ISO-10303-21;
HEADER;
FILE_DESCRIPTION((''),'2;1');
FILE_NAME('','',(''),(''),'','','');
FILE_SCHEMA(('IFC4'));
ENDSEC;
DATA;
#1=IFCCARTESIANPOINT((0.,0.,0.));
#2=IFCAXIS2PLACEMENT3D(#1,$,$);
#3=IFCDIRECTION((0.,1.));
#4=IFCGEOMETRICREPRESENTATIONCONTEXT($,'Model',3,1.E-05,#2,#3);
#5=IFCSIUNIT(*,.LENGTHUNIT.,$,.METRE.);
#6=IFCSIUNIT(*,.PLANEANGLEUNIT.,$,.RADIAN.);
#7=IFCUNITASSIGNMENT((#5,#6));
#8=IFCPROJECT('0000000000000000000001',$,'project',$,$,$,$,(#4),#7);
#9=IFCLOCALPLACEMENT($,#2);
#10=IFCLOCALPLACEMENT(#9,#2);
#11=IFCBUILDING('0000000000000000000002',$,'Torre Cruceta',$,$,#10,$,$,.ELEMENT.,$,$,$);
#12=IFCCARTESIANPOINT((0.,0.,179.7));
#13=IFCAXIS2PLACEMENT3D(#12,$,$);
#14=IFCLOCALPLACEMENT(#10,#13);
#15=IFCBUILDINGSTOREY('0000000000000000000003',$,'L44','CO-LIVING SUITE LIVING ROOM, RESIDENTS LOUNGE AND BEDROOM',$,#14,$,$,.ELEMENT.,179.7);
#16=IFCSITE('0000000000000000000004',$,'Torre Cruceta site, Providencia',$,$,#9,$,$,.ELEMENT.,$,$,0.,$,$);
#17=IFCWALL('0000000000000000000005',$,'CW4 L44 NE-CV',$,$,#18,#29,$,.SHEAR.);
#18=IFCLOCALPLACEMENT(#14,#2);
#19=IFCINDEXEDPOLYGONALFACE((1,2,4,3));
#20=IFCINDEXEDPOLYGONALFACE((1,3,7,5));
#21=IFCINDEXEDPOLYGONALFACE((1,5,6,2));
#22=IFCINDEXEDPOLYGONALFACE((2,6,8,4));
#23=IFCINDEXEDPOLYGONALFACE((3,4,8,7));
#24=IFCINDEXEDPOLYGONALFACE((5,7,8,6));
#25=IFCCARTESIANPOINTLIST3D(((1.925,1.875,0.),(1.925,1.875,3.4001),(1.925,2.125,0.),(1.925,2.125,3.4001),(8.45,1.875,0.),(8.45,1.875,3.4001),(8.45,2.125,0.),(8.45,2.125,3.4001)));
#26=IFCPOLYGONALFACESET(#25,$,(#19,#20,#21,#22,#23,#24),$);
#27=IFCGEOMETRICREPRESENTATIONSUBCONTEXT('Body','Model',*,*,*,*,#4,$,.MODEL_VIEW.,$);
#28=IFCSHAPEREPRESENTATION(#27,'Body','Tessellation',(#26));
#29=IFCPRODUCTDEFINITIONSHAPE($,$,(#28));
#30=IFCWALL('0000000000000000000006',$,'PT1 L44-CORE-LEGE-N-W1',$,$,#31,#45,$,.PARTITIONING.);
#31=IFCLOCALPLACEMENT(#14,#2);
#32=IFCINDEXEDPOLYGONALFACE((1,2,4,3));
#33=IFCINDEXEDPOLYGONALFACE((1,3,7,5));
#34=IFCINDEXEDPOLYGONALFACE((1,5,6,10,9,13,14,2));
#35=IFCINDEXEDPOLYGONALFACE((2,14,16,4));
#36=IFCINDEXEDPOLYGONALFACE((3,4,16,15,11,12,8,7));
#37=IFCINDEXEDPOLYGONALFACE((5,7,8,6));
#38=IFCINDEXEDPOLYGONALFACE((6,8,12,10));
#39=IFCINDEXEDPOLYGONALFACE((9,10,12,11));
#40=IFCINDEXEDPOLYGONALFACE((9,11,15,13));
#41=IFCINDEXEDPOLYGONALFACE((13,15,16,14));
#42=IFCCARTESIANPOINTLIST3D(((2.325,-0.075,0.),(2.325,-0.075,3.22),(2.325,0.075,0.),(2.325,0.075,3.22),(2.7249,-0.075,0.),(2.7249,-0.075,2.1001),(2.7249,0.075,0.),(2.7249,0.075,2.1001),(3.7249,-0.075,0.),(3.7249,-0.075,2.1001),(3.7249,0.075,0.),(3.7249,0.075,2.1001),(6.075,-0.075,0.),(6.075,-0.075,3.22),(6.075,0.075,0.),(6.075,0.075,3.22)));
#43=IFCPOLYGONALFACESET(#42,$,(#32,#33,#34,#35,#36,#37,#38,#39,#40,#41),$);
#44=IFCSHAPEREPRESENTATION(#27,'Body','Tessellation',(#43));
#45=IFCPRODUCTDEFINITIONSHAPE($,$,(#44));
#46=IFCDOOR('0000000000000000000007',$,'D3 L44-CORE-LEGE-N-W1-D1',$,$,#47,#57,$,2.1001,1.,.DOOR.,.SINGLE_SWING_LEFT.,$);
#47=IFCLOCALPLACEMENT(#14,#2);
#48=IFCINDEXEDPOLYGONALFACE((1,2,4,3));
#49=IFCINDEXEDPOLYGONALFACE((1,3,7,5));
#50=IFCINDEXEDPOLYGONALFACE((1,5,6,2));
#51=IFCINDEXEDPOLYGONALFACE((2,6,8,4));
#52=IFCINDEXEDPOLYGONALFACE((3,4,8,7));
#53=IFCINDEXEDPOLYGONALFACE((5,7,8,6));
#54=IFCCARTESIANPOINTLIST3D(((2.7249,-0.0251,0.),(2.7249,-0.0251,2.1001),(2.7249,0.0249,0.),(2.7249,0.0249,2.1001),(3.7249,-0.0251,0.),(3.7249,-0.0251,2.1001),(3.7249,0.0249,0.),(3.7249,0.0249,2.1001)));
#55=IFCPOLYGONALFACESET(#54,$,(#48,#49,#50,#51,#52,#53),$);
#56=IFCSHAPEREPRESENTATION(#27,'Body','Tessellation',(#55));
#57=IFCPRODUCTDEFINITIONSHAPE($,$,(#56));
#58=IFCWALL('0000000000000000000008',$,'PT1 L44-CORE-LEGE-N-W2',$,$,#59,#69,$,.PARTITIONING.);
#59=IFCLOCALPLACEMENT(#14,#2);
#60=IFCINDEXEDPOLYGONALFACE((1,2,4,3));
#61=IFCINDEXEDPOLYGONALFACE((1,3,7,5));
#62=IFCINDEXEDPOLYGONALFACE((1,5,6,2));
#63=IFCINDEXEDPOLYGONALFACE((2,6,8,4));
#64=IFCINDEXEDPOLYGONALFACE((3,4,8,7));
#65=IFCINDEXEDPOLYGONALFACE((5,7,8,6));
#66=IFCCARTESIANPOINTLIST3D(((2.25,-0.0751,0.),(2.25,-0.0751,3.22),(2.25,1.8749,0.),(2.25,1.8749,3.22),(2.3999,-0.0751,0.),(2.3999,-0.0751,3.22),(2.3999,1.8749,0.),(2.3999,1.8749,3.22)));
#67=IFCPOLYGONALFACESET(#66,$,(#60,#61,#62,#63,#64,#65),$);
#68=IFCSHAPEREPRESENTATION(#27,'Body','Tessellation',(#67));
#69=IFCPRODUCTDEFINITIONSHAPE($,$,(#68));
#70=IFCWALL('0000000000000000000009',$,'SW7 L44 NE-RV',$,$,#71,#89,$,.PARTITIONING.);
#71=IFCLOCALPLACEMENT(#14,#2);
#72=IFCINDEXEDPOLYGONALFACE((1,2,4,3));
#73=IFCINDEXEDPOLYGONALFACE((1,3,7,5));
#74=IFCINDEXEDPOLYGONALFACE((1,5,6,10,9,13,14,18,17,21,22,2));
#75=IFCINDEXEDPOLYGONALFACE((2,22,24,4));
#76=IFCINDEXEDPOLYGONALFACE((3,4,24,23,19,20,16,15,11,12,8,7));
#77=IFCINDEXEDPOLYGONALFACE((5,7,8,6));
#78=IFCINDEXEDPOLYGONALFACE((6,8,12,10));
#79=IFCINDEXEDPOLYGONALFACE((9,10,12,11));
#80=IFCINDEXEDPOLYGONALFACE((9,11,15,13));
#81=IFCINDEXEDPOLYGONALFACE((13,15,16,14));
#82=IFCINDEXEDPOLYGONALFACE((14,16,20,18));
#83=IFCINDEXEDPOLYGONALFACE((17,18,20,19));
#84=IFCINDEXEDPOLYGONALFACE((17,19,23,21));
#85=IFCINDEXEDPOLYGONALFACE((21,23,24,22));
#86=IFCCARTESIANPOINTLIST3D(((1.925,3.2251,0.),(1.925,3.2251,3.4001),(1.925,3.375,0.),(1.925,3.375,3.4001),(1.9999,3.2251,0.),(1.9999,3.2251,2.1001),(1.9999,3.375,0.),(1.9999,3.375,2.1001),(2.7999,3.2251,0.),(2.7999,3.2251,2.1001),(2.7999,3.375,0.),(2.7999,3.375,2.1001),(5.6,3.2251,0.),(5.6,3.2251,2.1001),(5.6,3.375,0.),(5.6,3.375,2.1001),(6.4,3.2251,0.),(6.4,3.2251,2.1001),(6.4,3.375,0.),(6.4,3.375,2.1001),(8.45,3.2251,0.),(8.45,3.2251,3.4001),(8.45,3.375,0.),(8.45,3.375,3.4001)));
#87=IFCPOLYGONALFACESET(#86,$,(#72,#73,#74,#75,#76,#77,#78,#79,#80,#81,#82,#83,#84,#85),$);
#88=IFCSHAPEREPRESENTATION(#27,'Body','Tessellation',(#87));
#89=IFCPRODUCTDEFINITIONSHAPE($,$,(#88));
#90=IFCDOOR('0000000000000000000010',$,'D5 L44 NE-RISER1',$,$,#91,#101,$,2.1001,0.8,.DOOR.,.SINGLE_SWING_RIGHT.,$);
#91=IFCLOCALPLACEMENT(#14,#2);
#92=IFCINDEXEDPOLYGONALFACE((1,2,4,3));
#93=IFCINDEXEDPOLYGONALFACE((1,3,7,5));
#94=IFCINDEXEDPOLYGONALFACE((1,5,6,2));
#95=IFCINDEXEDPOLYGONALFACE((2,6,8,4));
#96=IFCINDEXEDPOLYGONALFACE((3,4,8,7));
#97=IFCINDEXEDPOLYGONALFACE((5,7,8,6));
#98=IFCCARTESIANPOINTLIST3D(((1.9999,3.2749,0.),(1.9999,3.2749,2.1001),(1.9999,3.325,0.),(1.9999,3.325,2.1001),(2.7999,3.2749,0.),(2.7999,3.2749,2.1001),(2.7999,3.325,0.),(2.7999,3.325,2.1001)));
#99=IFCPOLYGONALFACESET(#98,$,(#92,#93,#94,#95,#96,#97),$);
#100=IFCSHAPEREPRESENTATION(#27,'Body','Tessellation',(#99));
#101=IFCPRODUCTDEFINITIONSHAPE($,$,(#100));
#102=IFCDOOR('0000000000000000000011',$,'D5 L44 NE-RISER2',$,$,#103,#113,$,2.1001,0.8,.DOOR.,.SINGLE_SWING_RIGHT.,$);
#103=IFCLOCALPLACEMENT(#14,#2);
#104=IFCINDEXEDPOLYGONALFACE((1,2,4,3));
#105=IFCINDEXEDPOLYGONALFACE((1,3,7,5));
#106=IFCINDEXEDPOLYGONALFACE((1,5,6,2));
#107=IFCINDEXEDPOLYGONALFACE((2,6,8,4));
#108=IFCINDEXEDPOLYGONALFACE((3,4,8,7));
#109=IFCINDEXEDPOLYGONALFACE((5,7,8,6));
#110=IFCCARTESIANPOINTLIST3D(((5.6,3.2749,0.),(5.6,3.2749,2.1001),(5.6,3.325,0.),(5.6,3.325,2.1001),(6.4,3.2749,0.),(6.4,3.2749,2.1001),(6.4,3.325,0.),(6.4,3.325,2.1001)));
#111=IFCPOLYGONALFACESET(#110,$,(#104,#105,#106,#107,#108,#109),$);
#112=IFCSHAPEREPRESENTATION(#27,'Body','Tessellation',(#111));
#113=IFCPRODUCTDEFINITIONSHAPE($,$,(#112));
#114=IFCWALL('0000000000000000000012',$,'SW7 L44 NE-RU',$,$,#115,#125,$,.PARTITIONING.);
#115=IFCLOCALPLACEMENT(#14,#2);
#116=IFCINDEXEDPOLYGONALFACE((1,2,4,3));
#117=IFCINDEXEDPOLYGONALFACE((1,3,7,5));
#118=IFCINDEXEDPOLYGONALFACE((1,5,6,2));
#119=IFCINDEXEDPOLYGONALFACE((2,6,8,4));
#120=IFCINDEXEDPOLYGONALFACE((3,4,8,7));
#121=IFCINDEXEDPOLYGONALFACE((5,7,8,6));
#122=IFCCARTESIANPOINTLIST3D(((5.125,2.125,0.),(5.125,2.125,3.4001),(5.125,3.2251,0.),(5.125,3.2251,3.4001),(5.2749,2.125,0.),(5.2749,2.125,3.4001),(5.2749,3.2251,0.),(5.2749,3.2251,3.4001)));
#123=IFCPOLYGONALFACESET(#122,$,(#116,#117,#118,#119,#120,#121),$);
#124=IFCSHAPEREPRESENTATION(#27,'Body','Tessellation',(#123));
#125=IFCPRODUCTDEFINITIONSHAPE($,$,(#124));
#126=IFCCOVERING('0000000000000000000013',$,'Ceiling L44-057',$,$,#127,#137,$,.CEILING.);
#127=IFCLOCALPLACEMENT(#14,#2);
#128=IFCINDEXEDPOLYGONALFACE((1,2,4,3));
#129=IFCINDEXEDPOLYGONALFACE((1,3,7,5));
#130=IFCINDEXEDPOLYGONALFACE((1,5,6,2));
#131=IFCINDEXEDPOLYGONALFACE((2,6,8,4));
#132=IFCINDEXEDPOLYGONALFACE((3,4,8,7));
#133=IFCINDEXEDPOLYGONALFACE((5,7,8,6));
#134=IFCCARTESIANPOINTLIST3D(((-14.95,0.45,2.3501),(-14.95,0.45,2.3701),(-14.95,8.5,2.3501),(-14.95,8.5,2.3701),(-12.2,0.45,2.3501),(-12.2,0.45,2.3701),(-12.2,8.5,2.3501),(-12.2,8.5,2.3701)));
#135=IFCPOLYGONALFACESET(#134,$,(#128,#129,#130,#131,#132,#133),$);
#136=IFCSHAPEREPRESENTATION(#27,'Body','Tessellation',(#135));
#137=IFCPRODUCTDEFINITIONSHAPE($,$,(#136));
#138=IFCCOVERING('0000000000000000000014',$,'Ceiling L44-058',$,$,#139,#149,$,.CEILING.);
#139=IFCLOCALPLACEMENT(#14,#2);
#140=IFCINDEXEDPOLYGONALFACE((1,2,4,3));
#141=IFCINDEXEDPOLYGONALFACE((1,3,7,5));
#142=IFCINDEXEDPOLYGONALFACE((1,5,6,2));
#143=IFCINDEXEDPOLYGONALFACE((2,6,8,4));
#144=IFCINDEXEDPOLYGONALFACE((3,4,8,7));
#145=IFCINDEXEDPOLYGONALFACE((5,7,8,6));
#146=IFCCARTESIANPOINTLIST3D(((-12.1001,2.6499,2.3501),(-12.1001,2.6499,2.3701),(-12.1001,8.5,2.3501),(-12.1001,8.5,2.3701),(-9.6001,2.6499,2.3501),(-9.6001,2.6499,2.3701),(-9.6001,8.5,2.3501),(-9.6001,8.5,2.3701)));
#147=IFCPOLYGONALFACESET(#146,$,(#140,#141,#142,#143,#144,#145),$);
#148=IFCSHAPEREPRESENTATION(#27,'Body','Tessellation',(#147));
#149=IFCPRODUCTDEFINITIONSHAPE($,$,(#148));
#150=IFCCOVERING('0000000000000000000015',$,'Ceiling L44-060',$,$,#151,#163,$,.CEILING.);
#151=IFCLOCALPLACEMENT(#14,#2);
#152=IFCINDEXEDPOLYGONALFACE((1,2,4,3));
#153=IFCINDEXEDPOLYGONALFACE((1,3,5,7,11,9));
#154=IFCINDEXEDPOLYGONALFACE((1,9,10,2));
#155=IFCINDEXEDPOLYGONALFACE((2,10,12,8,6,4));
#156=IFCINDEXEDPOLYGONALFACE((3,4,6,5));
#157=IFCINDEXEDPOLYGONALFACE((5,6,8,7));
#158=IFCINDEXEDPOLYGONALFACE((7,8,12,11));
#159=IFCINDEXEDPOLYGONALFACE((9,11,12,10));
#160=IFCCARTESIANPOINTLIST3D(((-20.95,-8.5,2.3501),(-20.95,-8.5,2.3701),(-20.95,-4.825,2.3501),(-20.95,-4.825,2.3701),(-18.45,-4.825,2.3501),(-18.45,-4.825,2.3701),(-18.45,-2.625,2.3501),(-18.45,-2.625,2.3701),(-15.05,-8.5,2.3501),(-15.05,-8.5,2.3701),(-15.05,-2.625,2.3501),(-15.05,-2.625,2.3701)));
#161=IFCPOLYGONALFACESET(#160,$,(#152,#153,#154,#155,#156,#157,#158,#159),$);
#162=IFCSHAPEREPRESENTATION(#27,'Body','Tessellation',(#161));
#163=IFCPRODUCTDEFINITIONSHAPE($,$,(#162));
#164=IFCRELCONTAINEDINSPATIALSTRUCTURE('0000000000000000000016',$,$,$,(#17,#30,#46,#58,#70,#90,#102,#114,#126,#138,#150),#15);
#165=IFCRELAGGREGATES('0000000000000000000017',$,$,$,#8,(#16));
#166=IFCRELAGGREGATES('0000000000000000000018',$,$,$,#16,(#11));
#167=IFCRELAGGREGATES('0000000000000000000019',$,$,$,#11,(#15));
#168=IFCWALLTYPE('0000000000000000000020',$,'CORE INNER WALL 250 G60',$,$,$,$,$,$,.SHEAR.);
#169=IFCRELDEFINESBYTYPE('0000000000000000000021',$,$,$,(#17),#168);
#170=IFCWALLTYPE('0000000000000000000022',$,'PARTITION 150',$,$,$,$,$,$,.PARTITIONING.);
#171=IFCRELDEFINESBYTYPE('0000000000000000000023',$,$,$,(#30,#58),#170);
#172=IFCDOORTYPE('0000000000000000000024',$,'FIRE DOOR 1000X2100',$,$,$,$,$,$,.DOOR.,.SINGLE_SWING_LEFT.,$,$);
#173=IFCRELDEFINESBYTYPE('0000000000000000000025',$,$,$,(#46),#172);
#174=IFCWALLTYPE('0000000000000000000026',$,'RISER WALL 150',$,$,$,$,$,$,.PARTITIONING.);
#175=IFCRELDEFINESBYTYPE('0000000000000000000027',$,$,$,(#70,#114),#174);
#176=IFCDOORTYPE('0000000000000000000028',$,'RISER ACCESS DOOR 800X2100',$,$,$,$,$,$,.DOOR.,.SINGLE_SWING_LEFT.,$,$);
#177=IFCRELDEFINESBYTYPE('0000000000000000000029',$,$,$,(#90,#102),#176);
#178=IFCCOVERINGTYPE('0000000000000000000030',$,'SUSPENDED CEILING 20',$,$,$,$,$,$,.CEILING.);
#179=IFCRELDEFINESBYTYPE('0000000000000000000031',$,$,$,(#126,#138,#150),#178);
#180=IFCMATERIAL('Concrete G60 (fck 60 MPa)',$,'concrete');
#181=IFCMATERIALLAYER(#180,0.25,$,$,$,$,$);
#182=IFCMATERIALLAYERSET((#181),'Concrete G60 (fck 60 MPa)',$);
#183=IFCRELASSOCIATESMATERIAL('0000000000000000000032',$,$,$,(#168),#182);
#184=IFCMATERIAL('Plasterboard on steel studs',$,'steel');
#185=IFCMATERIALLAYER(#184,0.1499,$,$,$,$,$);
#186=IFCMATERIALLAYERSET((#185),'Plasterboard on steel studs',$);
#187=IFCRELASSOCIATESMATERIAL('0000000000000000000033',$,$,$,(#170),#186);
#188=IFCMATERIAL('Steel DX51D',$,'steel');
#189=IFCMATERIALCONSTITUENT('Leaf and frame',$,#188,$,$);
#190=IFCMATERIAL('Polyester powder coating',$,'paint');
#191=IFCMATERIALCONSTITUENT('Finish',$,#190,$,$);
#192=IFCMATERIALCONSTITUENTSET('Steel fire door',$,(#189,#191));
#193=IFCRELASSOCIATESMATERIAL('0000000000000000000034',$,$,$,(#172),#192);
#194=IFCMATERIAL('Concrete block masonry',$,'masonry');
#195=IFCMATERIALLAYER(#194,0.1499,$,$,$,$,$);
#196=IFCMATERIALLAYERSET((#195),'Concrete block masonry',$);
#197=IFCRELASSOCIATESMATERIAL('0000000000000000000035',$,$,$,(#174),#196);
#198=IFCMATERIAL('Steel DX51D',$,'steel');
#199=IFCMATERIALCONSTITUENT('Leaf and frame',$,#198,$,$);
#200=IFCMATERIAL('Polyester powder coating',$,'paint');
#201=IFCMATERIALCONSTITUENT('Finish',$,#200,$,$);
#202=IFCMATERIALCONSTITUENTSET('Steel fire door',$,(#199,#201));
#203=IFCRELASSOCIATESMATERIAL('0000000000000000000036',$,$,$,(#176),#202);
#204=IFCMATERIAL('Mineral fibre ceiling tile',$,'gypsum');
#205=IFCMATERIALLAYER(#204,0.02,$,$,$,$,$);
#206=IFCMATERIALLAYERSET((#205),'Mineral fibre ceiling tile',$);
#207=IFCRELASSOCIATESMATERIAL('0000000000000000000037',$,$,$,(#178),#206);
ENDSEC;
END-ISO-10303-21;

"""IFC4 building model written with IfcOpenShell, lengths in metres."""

from ifc_helpers import new_model, si_unit, direction, frame, frame_2d, origin, place, context, subcontext, project, spatial, polyline, rectangle, outline, extrude, material, layer, layer_set, constituent, constituent_set, type_object, element, fill, save


model = new_model("IFC4")

# Units and contexts
model_context = context("Model", 3, precision=1e-05, world=origin(), true_north=direction((0.0, 1.0)))
body_context = subcontext(model_context, "Body", "Model", "MODEL_VIEW")
ifc_project = project(units=[si_unit("LENGTHUNIT", "METRE"), si_unit("PLANEANGLEUNIT", "RADIAN")], contexts=[model_context])

# Site, building, storey
site_placement = place(None, origin())
site = spatial("IfcSite", under=ifc_project, at=site_placement, Name="Torre Cruceta site, Providencia", CompositionType="ELEMENT", RefElevation=0.0)
building_placement = place(site_placement, origin())
building = spatial("IfcBuilding", under=site, at=building_placement, Name="Torre Cruceta", CompositionType="ELEMENT")
storey_placement = place(building_placement, frame((0.0, 0.0, 179.7)))
storey = spatial("IfcBuildingStorey", under=building, at=storey_placement, Name="L44", Description="CO-LIVING SUITE LIVING ROOM, RESIDENTS LOUNGE AND BEDROOM", CompositionType="ELEMENT", Elevation=179.7)

# Shared definitions
ifc_material_1 = material(Name="Concrete G60 (fck 60 MPa)", Category="concrete")
ifc_layer_1 = layer(ifc_material_1, 0.25)
ifc_layer_set_1 = layer_set([ifc_layer_1], Name="Concrete G60 (fck 60 MPa)")
wall_type_1 = type_object("IfcWallType", Name="CORE INNER WALL 250 G60", PredefinedType="SHEAR", material=ifc_layer_set_1)

# Wall
wall_1_placement = place(storey_placement, frame((1.925, 2.0, 0.0), z_axis=(0.0, 0.0, 1.0), x_axis=(1.0, 0.0, 0.0)))
element("IfcWall", 1, at=wall_1_placement, inside=storey, type_object=wall_type_1, Name="CW4 L44 NE-CV", PredefinedType="SHEAR", context=body_context, shape_type="SweptSolid", body=[
    extrude(rectangle(XDim=6.5249, YDim=0.25, at=frame_2d((3.2625, 0.0))), origin(), (0.0, 0.0, 1.0), 3.4001),
])

# Wall, opening, door
ifc_material_2 = material(Name="Plasterboard on steel studs", Category="steel")
ifc_layer_2 = layer(ifc_material_2, 0.1499)
ifc_layer_set_2 = layer_set([ifc_layer_2], Name="Plasterboard on steel studs")
wall_type_2 = type_object("IfcWallType", Name="PARTITION 150", PredefinedType="PARTITIONING", material=ifc_layer_set_2)
wall_2_placement = place(storey_placement, frame((2.325, 0.0, 0.0), z_axis=(0.0, 0.0, 1.0), x_axis=(1.0, 0.0, 0.0)))
wall_2 = element("IfcWall", 2, at=wall_2_placement, inside=storey, type_object=wall_type_2, Name="PT1 L44-CORE-LEGE-N-W1", PredefinedType="PARTITIONING", context=body_context, shape_type="SweptSolid", body=[
    extrude(rectangle(XDim=3.75, YDim=0.1499, at=frame_2d((1.875, 0.0))), origin(), (0.0, 0.0, 1.0), 3.22),
])
opening_1_placement = place(wall_2_placement, frame((0.3999, 0.0, 0.0)))
opening_1 = element("IfcOpeningElement", 3, at=opening_1_placement, cuts=wall_2, PredefinedType="OPENING", context=body_context, shape_type="SweptSolid", body=[
    extrude(rectangle(XDim=1.0, YDim=2.1001, at=frame_2d((0.5, 1.05))), frame((0.0, 0.085, 0.0), z_axis=(0.0, -1.0, 0.0), x_axis=(1.0, 0.0, 0.0)), (0.0, 0.0, 1.0), 0.1699),
])
ifc_material_3 = material(Name="Steel DX51D", Category="steel")
ifc_constituent_1 = constituent(ifc_material_3, Name="Leaf and frame")
ifc_material_4 = material(Name="Polyester powder coating", Category="paint")
ifc_constituent_2 = constituent(ifc_material_4, Name="Finish")
ifc_constituent_set_1 = constituent_set(constituents=[ifc_constituent_1, ifc_constituent_2], Name="Steel fire door")
door_type_1 = type_object("IfcDoorType", Name="FIRE DOOR 1000X2100", OperationType="SINGLE_SWING_LEFT", PredefinedType="DOOR", material=ifc_constituent_set_1)
door_1_placement = place(opening_1_placement, origin())
door_1 = element("IfcDoor", 4, at=door_1_placement, inside=storey, type_object=door_type_1, Name="D3 L44-CORE-LEGE-N-W1-D1", OperationType="SINGLE_SWING_LEFT", OverallHeight=2.1001, OverallWidth=1.0, PredefinedType="DOOR", context=body_context, shape_type="SweptSolid", body=[
    extrude(rectangle(XDim=1.0, YDim=2.1001, at=frame_2d((0.5, 1.05))), frame((0.0, 0.0249, 0.0), z_axis=(0.0, -1.0, 0.0), x_axis=(1.0, 0.0, 0.0)), (0.0, 0.0, 1.0), 0.05),
])
fill(opening_1, door_1)

# Wall
wall_3_placement = place(storey_placement, frame((2.325, 1.875, 0.0), z_axis=(0.0, 0.0, 1.0), x_axis=(0.0, -1.0, 0.0)))
element("IfcWall", 5, at=wall_3_placement, inside=storey, type_object=wall_type_2, Name="PT1 L44-CORE-LEGE-N-W2", PredefinedType="PARTITIONING", context=body_context, shape_type="SweptSolid", body=[
    extrude(rectangle(XDim=1.95, YDim=0.1499, at=frame_2d((0.9751, 0.0))), origin(), (0.0, 0.0, 1.0), 3.22),
])

# Wall, openings, doors
ifc_material_5 = material(Name="Concrete block masonry", Category="masonry")
ifc_layer_3 = layer(ifc_material_5, 0.1499)
ifc_layer_set_3 = layer_set([ifc_layer_3], Name="Concrete block masonry")
wall_type_3 = type_object("IfcWallType", Name="RISER WALL 150", PredefinedType="PARTITIONING", material=ifc_layer_set_3)
wall_4_placement = place(storey_placement, frame((1.925, 3.3, 0.0), z_axis=(0.0, 0.0, 1.0), x_axis=(1.0, 0.0, 0.0)))
wall_4 = element("IfcWall", 6, at=wall_4_placement, inside=storey, type_object=wall_type_3, Name="SW7 L44 NE-RV", PredefinedType="PARTITIONING", context=body_context, shape_type="SweptSolid", body=[
    extrude(rectangle(XDim=6.5249, YDim=0.1499, at=frame_2d((3.2625, 0.0))), origin(), (0.0, 0.0, 1.0), 3.4001),
])
opening_2_placement = place(wall_4_placement, frame((0.075, 0.0, 0.0)))
opening_2 = element("IfcOpeningElement", 7, at=opening_2_placement, cuts=wall_4, PredefinedType="OPENING", context=body_context, shape_type="SweptSolid", body=[
    extrude(rectangle(XDim=0.8, YDim=2.1001, at=frame_2d((0.3999, 1.05))), frame((0.0, 0.085, 0.0), z_axis=(0.0, -1.0, 0.0), x_axis=(1.0, 0.0, 0.0)), (0.0, 0.0, 1.0), 0.1699),
])
opening_3_placement = place(wall_4_placement, frame((3.675, 0.0, 0.0)))
opening_3 = element("IfcOpeningElement", 8, at=opening_3_placement, cuts=wall_4, PredefinedType="OPENING", context=body_context, shape_type="SweptSolid", body=[
    extrude(rectangle(XDim=0.8, YDim=2.1001, at=frame_2d((0.3999, 1.05))), frame((0.0, 0.085, 0.0), z_axis=(0.0, -1.0, 0.0), x_axis=(1.0, 0.0, 0.0)), (0.0, 0.0, 1.0), 0.1699),
])
ifc_material_6 = material(Name="Steel DX51D", Category="steel")
ifc_constituent_3 = constituent(ifc_material_6, Name="Leaf and frame")
ifc_material_7 = material(Name="Polyester powder coating", Category="paint")
ifc_constituent_4 = constituent(ifc_material_7, Name="Finish")
ifc_constituent_set_2 = constituent_set(constituents=[ifc_constituent_3, ifc_constituent_4], Name="Steel fire door")
door_type_2 = type_object("IfcDoorType", Name="RISER ACCESS DOOR 800X2100", OperationType="SINGLE_SWING_LEFT", PredefinedType="DOOR", material=ifc_constituent_set_2)
door_2_placement = place(opening_2_placement, frame((0.8, 0.0, 0.0), z_axis=(0.0, 0.0, 1.0), x_axis=(-1.0, 0.0, 0.0)))
door_2 = element("IfcDoor", 9, at=door_2_placement, inside=storey, type_object=door_type_2, Name="D5 L44 NE-RISER1", OperationType="SINGLE_SWING_RIGHT", OverallHeight=2.1001, OverallWidth=0.8, PredefinedType="DOOR", context=body_context, shape_type="SweptSolid", body=[
    extrude(rectangle(XDim=0.8, YDim=2.1001, at=frame_2d((0.4001, 1.05))), frame((0.0, 0.0251, 0.0), z_axis=(0.0, -1.0, 0.0), x_axis=(1.0, 0.0, 0.0)), (0.0, 0.0, 1.0), 0.05),
])
fill(opening_2, door_2)
door_3_placement = place(opening_3_placement, frame((0.8, 0.0, 0.0), z_axis=(0.0, 0.0, 1.0), x_axis=(-1.0, 0.0, 0.0)))
door_3 = element("IfcDoor", 10, at=door_3_placement, inside=storey, type_object=door_type_2, Name="D5 L44 NE-RISER2", OperationType="SINGLE_SWING_RIGHT", OverallHeight=2.1001, OverallWidth=0.8, PredefinedType="DOOR", context=body_context, shape_type="SweptSolid", body=[
    extrude(rectangle(XDim=0.8, YDim=2.1001, at=frame_2d((0.4001, 1.05))), frame((0.0, 0.0251, 0.0), z_axis=(0.0, -1.0, 0.0), x_axis=(1.0, 0.0, 0.0)), (0.0, 0.0, 1.0), 0.05),
])
fill(opening_3, door_3)

# Wall
wall_5_placement = place(storey_placement, frame((5.2, 2.125, 0.0), z_axis=(0.0, 0.0, 1.0), x_axis=(0.0, 1.0, 0.0)))
element("IfcWall", 11, at=wall_5_placement, inside=storey, type_object=wall_type_3, Name="SW7 L44 NE-RU", PredefinedType="PARTITIONING", context=body_context, shape_type="SweptSolid", body=[
    extrude(rectangle(XDim=1.1001, YDim=0.1499, at=frame_2d((0.55, 0.0))), origin(), (0.0, 0.0, 1.0), 3.4001),
])

# Coverings
ifc_material_8 = material(Name="Mineral fibre ceiling tile", Category="gypsum")
ifc_layer_4 = layer(ifc_material_8, 0.02)
ifc_layer_set_4 = layer_set([ifc_layer_4], Name="Mineral fibre ceiling tile")
covering_type = type_object("IfcCoveringType", Name="SUSPENDED CEILING 20", PredefinedType="CEILING", material=ifc_layer_set_4)
covering_1_placement = place(storey_placement, frame((0.0, 0.0, 2.3501)))
element("IfcCovering", 12, at=covering_1_placement, inside=storey, type_object=covering_type, Name="Ceiling L44-057", PredefinedType="CEILING", context=body_context, shape_type="SweptSolid", body=[
    extrude(outline(polyline([(-14.95, 8.5), (-12.2, 8.5), (-12.2, 0.45), (-14.95, 0.45), (-14.95, 8.5)])), origin(), (0.0, 0.0, 1.0), 0.02),
])
covering_2_placement = place(storey_placement, frame((0.0, 0.0, 2.3501)))
element("IfcCovering", 13, at=covering_2_placement, inside=storey, type_object=covering_type, Name="Ceiling L44-058", PredefinedType="CEILING", context=body_context, shape_type="SweptSolid", body=[
    extrude(outline(polyline([(-9.6001, 8.5), (-9.6001, 2.6499), (-12.1001, 2.6499), (-12.1001, 8.5), (-9.6001, 8.5)])), origin(), (0.0, 0.0, 1.0), 0.02),
])
covering_3_placement = place(storey_placement, frame((0.0, 0.0, 2.3501)))
element("IfcCovering", 14, at=covering_3_placement, inside=storey, type_object=covering_type, Name="Ceiling L44-060", PredefinedType="CEILING", context=body_context, shape_type="SweptSolid", body=[
    extrude(outline(polyline([(-15.05, -2.625), (-15.05, -8.5), (-20.95, -8.5), (-20.95, -4.825), (-18.45, -4.825), (-18.45, -2.625), (-15.05, -2.625)])), origin(), (0.0, 0.0, 1.0), 0.02),
])

save(model, "model.ifc")
